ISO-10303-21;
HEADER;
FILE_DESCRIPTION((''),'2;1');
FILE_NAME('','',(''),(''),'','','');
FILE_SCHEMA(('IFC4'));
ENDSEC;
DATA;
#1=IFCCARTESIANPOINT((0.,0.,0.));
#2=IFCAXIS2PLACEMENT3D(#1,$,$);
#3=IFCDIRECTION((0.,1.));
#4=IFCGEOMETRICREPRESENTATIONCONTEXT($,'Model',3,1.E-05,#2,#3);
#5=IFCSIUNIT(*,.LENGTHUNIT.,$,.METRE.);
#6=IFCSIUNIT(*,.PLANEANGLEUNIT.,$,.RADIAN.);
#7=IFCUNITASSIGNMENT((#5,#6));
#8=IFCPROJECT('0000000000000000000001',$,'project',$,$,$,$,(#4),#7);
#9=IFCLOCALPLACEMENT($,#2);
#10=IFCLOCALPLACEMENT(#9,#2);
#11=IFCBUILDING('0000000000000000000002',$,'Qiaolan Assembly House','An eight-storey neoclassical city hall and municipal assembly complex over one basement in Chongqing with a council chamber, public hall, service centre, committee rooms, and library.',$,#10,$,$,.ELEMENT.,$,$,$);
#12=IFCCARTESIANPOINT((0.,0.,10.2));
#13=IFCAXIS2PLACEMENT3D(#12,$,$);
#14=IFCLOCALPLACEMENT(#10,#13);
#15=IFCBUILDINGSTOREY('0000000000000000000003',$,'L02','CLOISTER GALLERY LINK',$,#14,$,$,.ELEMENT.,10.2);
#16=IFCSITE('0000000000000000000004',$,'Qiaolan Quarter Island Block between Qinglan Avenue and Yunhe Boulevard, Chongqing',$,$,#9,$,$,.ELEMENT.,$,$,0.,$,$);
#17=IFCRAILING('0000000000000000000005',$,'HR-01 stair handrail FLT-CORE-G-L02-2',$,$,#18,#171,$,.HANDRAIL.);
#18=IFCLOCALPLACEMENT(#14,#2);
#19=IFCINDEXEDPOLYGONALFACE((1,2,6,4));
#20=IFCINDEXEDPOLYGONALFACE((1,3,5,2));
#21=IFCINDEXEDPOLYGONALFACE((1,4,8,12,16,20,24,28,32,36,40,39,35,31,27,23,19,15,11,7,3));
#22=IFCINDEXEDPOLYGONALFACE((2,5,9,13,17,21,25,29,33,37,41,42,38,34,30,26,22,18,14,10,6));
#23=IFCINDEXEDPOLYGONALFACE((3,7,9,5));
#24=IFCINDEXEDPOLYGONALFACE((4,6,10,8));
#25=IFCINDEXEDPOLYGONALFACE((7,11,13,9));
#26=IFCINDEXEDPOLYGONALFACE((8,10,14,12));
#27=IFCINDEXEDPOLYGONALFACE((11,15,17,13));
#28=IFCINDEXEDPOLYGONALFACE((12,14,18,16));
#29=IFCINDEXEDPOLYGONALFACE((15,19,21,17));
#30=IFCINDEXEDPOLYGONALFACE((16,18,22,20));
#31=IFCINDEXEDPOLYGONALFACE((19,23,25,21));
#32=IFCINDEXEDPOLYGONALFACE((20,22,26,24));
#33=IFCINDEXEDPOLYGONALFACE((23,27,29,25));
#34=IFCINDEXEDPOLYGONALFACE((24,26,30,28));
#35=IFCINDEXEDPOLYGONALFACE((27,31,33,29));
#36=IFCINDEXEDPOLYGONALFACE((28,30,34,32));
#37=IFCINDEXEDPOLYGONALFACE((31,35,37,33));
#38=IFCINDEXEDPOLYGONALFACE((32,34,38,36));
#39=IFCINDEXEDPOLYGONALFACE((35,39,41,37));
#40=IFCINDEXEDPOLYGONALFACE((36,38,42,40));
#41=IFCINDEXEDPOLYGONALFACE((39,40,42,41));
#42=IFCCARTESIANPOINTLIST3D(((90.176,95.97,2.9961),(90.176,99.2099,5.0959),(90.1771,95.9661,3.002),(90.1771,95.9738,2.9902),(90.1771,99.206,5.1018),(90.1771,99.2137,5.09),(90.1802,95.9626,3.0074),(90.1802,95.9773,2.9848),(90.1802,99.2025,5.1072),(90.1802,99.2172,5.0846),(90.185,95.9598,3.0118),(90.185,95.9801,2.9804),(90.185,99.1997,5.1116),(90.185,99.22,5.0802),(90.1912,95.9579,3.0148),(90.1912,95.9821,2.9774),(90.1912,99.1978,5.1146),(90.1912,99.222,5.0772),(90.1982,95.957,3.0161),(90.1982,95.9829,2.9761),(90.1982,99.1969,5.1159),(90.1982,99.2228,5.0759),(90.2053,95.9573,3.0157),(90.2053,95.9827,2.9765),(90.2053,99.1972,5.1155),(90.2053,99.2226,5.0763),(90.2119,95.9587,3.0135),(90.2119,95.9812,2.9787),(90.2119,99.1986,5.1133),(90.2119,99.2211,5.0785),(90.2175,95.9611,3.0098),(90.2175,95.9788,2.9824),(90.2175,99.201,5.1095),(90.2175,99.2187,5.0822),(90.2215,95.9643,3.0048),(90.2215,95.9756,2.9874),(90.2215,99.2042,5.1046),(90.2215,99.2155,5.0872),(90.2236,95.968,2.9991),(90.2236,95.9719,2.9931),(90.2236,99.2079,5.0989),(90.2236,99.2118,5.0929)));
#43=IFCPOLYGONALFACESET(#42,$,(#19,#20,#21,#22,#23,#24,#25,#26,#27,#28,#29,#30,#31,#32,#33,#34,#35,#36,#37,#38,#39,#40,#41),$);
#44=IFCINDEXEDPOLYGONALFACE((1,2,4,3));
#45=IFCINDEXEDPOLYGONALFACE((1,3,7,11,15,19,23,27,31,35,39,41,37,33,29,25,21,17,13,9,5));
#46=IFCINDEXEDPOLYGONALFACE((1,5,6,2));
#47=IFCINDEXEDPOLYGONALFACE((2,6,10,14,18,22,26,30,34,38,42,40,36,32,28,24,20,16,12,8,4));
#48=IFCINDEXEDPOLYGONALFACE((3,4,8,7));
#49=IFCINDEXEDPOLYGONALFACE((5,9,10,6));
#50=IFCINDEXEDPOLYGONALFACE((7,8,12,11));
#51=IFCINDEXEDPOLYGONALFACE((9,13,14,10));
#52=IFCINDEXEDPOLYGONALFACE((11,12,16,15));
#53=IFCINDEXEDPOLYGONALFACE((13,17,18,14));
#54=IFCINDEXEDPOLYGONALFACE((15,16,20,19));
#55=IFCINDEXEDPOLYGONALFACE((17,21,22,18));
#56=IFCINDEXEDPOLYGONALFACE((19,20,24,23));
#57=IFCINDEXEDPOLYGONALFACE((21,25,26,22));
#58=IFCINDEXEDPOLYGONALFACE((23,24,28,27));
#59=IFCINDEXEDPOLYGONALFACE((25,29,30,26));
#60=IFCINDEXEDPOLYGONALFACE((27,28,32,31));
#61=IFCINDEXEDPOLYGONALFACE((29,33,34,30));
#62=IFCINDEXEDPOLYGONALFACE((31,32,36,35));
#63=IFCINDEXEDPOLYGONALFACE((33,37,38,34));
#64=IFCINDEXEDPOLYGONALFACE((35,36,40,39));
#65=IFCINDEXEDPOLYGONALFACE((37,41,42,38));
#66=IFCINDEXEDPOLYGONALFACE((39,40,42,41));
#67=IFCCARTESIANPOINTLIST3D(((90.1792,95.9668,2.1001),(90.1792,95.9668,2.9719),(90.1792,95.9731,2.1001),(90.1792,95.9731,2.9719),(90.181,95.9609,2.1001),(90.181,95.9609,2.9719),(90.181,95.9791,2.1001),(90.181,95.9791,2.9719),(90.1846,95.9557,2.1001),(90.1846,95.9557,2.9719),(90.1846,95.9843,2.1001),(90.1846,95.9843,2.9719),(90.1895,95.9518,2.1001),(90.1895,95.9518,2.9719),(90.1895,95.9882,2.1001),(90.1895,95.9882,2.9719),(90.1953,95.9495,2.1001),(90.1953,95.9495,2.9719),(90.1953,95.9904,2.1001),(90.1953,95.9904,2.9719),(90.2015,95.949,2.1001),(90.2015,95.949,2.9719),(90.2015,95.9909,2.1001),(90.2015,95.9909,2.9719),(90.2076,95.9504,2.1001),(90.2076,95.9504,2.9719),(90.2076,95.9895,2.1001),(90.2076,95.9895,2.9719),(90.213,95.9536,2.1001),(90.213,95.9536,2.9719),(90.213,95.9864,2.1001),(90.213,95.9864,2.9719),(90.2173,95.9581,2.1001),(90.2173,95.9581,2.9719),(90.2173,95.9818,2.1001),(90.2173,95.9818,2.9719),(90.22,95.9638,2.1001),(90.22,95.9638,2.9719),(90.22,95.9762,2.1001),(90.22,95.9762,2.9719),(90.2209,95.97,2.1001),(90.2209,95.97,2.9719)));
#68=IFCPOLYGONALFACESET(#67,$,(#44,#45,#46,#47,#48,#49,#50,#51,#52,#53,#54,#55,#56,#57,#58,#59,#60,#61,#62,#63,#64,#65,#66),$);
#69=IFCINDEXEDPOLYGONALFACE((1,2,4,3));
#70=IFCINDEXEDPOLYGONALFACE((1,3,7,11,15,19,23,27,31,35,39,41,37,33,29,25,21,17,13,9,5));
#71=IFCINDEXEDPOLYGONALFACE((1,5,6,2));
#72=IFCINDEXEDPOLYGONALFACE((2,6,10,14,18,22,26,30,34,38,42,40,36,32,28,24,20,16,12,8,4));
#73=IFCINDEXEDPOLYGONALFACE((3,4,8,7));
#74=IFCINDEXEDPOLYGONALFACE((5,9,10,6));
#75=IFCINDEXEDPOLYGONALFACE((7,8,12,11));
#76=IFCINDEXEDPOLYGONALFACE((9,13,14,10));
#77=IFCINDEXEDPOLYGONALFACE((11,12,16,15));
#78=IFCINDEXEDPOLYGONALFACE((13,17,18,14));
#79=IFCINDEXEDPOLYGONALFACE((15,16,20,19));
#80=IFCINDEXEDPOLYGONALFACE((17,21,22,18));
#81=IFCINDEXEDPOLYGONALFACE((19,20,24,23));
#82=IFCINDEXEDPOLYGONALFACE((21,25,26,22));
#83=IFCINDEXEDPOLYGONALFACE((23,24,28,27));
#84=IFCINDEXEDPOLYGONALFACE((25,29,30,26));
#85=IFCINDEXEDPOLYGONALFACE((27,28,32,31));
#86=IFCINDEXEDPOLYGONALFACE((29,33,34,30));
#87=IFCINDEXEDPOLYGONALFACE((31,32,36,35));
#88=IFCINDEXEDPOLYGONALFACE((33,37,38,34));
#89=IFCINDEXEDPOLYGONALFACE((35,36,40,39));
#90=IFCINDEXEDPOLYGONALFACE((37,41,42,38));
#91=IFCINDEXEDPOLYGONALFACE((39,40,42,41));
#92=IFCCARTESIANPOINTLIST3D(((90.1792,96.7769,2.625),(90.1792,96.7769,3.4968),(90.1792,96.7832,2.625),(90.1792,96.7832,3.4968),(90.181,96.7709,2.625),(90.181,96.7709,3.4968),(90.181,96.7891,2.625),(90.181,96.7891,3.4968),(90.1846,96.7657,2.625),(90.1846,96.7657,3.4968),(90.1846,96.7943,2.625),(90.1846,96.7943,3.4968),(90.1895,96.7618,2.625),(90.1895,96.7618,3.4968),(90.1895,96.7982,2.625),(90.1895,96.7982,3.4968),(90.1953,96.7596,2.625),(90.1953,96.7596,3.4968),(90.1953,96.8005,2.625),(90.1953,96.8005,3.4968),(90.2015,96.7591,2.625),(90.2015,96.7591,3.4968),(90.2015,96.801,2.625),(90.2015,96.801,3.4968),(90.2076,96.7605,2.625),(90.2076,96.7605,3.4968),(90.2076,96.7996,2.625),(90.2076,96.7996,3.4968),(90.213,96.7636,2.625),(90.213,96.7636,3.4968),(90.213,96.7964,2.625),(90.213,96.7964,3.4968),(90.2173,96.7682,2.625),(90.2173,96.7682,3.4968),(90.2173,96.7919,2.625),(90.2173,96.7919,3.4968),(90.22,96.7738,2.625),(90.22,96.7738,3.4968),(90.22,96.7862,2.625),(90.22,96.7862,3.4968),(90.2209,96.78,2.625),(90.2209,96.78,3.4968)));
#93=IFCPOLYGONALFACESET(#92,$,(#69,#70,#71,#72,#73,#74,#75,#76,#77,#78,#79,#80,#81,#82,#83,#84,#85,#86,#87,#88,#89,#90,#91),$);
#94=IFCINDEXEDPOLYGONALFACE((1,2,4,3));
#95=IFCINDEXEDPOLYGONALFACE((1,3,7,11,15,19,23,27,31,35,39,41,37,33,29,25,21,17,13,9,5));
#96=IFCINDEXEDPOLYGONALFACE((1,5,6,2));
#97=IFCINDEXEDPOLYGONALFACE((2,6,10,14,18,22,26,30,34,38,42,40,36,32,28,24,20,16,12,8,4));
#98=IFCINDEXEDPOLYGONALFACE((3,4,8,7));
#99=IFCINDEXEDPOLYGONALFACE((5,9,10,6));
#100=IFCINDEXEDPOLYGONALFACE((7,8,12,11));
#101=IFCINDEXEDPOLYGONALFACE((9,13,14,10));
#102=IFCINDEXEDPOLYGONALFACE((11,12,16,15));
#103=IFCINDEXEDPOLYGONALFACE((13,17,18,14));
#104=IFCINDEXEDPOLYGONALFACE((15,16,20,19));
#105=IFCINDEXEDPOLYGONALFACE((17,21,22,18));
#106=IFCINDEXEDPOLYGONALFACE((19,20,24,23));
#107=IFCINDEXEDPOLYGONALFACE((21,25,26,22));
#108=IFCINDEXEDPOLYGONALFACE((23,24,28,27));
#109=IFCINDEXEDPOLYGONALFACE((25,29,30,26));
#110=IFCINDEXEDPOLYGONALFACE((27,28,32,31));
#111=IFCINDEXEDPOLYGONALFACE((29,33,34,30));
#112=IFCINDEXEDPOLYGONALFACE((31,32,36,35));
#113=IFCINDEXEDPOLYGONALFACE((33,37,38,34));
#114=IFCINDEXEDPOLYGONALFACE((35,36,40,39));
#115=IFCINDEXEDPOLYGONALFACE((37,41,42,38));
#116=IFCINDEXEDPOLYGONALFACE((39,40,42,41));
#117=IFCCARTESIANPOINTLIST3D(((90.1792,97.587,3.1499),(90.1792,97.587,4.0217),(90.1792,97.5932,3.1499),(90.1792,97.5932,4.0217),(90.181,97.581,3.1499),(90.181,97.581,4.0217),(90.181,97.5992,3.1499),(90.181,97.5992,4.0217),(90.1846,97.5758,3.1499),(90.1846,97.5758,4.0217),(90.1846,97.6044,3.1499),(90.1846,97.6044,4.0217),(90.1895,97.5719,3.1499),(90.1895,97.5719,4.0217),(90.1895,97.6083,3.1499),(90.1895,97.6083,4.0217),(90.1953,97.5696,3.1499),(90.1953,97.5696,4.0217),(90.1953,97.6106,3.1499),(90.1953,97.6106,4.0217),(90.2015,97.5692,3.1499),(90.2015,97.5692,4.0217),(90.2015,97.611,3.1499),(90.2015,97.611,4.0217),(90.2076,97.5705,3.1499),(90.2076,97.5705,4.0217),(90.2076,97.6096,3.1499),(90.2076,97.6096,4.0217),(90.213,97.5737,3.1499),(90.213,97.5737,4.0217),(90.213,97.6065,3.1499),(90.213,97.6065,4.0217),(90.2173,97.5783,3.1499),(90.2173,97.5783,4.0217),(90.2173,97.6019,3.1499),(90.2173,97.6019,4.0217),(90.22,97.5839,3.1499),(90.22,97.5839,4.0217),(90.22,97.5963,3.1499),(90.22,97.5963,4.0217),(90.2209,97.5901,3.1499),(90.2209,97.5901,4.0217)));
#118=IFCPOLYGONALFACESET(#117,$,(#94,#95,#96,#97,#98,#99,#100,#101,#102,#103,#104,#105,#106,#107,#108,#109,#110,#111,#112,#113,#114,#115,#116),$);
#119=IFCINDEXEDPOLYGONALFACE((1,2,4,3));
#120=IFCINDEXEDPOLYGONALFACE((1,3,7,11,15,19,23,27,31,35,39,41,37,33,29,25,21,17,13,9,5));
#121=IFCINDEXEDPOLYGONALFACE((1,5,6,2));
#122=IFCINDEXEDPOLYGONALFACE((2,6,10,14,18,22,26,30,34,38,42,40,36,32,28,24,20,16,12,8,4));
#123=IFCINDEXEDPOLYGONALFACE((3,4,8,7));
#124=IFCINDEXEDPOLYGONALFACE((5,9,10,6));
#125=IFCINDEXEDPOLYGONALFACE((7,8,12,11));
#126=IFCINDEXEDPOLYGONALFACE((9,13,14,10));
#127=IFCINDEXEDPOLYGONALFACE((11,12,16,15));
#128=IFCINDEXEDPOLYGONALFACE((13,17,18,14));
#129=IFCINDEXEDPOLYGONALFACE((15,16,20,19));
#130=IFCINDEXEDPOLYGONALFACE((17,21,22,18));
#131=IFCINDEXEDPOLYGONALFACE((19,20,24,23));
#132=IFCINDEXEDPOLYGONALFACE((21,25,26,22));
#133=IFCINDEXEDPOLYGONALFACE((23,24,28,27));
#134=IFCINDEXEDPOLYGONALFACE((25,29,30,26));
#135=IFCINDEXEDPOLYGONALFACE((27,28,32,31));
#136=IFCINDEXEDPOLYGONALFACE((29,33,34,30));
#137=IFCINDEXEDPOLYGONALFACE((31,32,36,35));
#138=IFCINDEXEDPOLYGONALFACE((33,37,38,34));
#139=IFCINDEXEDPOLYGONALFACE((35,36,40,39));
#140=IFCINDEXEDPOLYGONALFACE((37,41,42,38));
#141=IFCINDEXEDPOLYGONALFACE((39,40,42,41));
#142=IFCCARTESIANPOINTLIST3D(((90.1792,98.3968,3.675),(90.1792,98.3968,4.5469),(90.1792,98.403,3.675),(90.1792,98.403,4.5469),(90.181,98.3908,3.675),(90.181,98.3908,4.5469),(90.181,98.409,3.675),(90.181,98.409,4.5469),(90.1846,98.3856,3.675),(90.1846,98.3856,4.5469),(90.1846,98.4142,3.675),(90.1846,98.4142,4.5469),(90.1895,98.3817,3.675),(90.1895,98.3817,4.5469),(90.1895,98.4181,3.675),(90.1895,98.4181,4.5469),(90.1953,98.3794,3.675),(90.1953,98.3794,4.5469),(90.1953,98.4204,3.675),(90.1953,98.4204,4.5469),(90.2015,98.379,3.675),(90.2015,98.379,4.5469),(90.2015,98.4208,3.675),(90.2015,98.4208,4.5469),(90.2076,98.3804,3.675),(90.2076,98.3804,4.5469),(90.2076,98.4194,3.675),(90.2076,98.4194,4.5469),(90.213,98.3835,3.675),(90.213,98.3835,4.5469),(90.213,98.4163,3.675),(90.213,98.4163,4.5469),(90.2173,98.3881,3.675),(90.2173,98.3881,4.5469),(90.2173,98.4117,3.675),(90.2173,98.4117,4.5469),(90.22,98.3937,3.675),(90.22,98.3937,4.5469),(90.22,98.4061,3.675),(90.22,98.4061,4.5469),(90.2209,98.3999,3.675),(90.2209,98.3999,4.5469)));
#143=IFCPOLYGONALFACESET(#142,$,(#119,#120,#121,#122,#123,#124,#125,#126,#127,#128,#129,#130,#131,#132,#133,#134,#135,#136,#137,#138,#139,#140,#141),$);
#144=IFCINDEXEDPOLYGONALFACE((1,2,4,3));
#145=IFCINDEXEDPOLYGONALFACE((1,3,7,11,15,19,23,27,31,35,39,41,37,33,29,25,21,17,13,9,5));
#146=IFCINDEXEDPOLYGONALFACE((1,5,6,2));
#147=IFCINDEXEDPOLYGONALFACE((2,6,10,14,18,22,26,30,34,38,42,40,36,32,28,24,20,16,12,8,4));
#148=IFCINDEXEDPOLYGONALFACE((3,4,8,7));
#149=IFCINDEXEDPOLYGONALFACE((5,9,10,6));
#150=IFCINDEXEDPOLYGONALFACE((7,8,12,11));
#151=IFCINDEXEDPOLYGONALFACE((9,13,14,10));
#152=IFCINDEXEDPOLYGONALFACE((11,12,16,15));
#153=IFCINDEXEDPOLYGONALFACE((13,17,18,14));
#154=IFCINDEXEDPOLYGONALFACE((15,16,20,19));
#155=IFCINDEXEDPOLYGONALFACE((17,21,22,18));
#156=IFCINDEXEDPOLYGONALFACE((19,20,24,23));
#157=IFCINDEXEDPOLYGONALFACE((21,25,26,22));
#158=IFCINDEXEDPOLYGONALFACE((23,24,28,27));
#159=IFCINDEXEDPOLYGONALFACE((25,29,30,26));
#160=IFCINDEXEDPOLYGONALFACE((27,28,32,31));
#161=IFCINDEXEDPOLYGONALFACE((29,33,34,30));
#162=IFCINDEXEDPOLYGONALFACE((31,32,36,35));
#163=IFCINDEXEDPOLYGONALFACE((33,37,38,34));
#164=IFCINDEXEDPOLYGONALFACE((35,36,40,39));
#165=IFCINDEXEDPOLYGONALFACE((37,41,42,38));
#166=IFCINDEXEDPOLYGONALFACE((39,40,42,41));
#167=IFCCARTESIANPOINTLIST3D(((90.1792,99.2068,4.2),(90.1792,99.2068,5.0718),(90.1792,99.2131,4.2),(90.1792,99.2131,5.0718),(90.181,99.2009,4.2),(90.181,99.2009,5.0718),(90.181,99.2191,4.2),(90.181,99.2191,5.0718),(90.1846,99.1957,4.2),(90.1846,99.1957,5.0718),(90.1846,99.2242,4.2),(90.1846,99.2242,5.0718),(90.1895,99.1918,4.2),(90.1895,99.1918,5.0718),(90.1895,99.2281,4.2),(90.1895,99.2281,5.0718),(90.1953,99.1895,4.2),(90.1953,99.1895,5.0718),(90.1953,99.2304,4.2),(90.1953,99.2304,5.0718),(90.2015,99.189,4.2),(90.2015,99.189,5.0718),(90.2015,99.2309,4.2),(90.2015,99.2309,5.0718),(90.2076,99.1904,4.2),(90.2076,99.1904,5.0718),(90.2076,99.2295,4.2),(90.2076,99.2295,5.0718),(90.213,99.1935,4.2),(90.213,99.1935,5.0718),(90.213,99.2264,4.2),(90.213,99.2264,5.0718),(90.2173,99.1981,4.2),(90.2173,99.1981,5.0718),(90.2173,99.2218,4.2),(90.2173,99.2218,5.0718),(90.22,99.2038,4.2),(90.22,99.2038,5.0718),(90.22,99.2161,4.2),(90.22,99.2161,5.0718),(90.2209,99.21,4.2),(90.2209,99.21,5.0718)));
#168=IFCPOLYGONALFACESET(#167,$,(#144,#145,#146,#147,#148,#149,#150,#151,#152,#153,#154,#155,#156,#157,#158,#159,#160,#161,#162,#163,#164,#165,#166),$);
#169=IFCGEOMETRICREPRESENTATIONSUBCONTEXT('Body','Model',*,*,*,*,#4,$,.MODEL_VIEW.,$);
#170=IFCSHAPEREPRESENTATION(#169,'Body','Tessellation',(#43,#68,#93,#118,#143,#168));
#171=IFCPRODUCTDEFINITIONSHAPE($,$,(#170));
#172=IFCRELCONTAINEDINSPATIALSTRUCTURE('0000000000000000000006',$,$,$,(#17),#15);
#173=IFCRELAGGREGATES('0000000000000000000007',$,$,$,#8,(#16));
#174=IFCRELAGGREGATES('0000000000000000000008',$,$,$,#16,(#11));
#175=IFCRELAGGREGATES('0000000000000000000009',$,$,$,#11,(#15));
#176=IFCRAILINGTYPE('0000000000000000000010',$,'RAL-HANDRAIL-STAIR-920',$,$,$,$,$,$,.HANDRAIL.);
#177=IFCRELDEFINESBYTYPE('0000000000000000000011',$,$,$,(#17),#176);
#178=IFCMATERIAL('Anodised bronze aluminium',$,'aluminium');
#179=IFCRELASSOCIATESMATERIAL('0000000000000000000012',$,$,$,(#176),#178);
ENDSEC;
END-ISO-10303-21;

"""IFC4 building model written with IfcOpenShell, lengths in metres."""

from ifc_helpers import new_model, si_unit, direction, frame, origin, origin_2d, place, context, subcontext, project, spatial, circle, extrude, material, type_object, element, save


model = new_model("IFC4")

# Units and contexts
model_context = context("Model", 3, precision=1e-05, world=origin(), true_north=direction((0.0, 1.0)))
body_context = subcontext(model_context, "Body", "Model", "MODEL_VIEW")
ifc_project = project(units=[si_unit("LENGTHUNIT", "METRE"), si_unit("PLANEANGLEUNIT", "RADIAN")], contexts=[model_context])

# Site, building, storey
site_placement = place(None, origin())
site = spatial("IfcSite", under=ifc_project, at=site_placement, Name="Qiaolan Quarter Island Block between Qinglan Avenue and Yunhe Boulevard, Chongqing", CompositionType="ELEMENT", RefElevation=0.0)
building_placement = place(site_placement, origin())
building = spatial("IfcBuilding", under=site, at=building_placement, Name="Qiaolan Assembly House", Description="An eight-storey neoclassical city hall and municipal assembly complex over one basement in Chongqing with a council chamber, public hall, service centre, committee rooms, and library.", CompositionType="ELEMENT")
storey_placement = place(building_placement, frame((0.0, 0.0, 10.2)))
storey = spatial("IfcBuildingStorey", under=building, at=storey_placement, Name="L02", Description="CLOISTER GALLERY LINK", CompositionType="ELEMENT", Elevation=10.2)

# Shared definitions
ifc_material_1 = material(Name="Anodised bronze aluminium", Category="aluminium")

# Railing
railing_type = type_object("IfcRailingType", Name="RAL-HANDRAIL-STAIR-920", PredefinedType="HANDRAIL", material=ifc_material_1)
railing_placement = place(storey_placement, frame((90.2, 95.97, 2.1001)))
element("IfcRailing", 1, at=railing_placement, inside=storey, type_object=railing_type, Name="HR-01 stair handrail FLT-CORE-G-L02-2", PredefinedType="HANDRAIL", context=body_context, shape_type="SweptSolid", body=[
    extrude(circle(Radius=0.0239, at=origin_2d()), frame((0.0, 0.0, 0.896), z_axis=(0.0, 0.83917, 0.54387), x_axis=(-1.0, 0.0, 0.0)), (0.0, 0.0, 1.0), 3.8608),
    extrude(circle(Radius=0.021, at=origin_2d()), origin(), (0.0, 0.0, 1.0), 0.8718),
    extrude(circle(Radius=0.021, at=origin_2d()), frame((0.0, 0.8101, 0.5249)), (0.0, 0.0, 1.0), 0.8718),
    extrude(circle(Radius=0.021, at=origin_2d()), frame((0.0, 1.6201, 1.0498)), (0.0, 0.0, 1.0), 0.8718),
    extrude(circle(Radius=0.021, at=origin_2d()), frame((0.0, 2.4299, 1.575)), (0.0, 0.0, 1.0), 0.8718),
    extrude(circle(Radius=0.021, at=origin_2d()), frame((0.0, 3.24, 2.0999)), (0.0, 0.0, 1.0), 0.8718),
])

save(model, "model.ifc")
